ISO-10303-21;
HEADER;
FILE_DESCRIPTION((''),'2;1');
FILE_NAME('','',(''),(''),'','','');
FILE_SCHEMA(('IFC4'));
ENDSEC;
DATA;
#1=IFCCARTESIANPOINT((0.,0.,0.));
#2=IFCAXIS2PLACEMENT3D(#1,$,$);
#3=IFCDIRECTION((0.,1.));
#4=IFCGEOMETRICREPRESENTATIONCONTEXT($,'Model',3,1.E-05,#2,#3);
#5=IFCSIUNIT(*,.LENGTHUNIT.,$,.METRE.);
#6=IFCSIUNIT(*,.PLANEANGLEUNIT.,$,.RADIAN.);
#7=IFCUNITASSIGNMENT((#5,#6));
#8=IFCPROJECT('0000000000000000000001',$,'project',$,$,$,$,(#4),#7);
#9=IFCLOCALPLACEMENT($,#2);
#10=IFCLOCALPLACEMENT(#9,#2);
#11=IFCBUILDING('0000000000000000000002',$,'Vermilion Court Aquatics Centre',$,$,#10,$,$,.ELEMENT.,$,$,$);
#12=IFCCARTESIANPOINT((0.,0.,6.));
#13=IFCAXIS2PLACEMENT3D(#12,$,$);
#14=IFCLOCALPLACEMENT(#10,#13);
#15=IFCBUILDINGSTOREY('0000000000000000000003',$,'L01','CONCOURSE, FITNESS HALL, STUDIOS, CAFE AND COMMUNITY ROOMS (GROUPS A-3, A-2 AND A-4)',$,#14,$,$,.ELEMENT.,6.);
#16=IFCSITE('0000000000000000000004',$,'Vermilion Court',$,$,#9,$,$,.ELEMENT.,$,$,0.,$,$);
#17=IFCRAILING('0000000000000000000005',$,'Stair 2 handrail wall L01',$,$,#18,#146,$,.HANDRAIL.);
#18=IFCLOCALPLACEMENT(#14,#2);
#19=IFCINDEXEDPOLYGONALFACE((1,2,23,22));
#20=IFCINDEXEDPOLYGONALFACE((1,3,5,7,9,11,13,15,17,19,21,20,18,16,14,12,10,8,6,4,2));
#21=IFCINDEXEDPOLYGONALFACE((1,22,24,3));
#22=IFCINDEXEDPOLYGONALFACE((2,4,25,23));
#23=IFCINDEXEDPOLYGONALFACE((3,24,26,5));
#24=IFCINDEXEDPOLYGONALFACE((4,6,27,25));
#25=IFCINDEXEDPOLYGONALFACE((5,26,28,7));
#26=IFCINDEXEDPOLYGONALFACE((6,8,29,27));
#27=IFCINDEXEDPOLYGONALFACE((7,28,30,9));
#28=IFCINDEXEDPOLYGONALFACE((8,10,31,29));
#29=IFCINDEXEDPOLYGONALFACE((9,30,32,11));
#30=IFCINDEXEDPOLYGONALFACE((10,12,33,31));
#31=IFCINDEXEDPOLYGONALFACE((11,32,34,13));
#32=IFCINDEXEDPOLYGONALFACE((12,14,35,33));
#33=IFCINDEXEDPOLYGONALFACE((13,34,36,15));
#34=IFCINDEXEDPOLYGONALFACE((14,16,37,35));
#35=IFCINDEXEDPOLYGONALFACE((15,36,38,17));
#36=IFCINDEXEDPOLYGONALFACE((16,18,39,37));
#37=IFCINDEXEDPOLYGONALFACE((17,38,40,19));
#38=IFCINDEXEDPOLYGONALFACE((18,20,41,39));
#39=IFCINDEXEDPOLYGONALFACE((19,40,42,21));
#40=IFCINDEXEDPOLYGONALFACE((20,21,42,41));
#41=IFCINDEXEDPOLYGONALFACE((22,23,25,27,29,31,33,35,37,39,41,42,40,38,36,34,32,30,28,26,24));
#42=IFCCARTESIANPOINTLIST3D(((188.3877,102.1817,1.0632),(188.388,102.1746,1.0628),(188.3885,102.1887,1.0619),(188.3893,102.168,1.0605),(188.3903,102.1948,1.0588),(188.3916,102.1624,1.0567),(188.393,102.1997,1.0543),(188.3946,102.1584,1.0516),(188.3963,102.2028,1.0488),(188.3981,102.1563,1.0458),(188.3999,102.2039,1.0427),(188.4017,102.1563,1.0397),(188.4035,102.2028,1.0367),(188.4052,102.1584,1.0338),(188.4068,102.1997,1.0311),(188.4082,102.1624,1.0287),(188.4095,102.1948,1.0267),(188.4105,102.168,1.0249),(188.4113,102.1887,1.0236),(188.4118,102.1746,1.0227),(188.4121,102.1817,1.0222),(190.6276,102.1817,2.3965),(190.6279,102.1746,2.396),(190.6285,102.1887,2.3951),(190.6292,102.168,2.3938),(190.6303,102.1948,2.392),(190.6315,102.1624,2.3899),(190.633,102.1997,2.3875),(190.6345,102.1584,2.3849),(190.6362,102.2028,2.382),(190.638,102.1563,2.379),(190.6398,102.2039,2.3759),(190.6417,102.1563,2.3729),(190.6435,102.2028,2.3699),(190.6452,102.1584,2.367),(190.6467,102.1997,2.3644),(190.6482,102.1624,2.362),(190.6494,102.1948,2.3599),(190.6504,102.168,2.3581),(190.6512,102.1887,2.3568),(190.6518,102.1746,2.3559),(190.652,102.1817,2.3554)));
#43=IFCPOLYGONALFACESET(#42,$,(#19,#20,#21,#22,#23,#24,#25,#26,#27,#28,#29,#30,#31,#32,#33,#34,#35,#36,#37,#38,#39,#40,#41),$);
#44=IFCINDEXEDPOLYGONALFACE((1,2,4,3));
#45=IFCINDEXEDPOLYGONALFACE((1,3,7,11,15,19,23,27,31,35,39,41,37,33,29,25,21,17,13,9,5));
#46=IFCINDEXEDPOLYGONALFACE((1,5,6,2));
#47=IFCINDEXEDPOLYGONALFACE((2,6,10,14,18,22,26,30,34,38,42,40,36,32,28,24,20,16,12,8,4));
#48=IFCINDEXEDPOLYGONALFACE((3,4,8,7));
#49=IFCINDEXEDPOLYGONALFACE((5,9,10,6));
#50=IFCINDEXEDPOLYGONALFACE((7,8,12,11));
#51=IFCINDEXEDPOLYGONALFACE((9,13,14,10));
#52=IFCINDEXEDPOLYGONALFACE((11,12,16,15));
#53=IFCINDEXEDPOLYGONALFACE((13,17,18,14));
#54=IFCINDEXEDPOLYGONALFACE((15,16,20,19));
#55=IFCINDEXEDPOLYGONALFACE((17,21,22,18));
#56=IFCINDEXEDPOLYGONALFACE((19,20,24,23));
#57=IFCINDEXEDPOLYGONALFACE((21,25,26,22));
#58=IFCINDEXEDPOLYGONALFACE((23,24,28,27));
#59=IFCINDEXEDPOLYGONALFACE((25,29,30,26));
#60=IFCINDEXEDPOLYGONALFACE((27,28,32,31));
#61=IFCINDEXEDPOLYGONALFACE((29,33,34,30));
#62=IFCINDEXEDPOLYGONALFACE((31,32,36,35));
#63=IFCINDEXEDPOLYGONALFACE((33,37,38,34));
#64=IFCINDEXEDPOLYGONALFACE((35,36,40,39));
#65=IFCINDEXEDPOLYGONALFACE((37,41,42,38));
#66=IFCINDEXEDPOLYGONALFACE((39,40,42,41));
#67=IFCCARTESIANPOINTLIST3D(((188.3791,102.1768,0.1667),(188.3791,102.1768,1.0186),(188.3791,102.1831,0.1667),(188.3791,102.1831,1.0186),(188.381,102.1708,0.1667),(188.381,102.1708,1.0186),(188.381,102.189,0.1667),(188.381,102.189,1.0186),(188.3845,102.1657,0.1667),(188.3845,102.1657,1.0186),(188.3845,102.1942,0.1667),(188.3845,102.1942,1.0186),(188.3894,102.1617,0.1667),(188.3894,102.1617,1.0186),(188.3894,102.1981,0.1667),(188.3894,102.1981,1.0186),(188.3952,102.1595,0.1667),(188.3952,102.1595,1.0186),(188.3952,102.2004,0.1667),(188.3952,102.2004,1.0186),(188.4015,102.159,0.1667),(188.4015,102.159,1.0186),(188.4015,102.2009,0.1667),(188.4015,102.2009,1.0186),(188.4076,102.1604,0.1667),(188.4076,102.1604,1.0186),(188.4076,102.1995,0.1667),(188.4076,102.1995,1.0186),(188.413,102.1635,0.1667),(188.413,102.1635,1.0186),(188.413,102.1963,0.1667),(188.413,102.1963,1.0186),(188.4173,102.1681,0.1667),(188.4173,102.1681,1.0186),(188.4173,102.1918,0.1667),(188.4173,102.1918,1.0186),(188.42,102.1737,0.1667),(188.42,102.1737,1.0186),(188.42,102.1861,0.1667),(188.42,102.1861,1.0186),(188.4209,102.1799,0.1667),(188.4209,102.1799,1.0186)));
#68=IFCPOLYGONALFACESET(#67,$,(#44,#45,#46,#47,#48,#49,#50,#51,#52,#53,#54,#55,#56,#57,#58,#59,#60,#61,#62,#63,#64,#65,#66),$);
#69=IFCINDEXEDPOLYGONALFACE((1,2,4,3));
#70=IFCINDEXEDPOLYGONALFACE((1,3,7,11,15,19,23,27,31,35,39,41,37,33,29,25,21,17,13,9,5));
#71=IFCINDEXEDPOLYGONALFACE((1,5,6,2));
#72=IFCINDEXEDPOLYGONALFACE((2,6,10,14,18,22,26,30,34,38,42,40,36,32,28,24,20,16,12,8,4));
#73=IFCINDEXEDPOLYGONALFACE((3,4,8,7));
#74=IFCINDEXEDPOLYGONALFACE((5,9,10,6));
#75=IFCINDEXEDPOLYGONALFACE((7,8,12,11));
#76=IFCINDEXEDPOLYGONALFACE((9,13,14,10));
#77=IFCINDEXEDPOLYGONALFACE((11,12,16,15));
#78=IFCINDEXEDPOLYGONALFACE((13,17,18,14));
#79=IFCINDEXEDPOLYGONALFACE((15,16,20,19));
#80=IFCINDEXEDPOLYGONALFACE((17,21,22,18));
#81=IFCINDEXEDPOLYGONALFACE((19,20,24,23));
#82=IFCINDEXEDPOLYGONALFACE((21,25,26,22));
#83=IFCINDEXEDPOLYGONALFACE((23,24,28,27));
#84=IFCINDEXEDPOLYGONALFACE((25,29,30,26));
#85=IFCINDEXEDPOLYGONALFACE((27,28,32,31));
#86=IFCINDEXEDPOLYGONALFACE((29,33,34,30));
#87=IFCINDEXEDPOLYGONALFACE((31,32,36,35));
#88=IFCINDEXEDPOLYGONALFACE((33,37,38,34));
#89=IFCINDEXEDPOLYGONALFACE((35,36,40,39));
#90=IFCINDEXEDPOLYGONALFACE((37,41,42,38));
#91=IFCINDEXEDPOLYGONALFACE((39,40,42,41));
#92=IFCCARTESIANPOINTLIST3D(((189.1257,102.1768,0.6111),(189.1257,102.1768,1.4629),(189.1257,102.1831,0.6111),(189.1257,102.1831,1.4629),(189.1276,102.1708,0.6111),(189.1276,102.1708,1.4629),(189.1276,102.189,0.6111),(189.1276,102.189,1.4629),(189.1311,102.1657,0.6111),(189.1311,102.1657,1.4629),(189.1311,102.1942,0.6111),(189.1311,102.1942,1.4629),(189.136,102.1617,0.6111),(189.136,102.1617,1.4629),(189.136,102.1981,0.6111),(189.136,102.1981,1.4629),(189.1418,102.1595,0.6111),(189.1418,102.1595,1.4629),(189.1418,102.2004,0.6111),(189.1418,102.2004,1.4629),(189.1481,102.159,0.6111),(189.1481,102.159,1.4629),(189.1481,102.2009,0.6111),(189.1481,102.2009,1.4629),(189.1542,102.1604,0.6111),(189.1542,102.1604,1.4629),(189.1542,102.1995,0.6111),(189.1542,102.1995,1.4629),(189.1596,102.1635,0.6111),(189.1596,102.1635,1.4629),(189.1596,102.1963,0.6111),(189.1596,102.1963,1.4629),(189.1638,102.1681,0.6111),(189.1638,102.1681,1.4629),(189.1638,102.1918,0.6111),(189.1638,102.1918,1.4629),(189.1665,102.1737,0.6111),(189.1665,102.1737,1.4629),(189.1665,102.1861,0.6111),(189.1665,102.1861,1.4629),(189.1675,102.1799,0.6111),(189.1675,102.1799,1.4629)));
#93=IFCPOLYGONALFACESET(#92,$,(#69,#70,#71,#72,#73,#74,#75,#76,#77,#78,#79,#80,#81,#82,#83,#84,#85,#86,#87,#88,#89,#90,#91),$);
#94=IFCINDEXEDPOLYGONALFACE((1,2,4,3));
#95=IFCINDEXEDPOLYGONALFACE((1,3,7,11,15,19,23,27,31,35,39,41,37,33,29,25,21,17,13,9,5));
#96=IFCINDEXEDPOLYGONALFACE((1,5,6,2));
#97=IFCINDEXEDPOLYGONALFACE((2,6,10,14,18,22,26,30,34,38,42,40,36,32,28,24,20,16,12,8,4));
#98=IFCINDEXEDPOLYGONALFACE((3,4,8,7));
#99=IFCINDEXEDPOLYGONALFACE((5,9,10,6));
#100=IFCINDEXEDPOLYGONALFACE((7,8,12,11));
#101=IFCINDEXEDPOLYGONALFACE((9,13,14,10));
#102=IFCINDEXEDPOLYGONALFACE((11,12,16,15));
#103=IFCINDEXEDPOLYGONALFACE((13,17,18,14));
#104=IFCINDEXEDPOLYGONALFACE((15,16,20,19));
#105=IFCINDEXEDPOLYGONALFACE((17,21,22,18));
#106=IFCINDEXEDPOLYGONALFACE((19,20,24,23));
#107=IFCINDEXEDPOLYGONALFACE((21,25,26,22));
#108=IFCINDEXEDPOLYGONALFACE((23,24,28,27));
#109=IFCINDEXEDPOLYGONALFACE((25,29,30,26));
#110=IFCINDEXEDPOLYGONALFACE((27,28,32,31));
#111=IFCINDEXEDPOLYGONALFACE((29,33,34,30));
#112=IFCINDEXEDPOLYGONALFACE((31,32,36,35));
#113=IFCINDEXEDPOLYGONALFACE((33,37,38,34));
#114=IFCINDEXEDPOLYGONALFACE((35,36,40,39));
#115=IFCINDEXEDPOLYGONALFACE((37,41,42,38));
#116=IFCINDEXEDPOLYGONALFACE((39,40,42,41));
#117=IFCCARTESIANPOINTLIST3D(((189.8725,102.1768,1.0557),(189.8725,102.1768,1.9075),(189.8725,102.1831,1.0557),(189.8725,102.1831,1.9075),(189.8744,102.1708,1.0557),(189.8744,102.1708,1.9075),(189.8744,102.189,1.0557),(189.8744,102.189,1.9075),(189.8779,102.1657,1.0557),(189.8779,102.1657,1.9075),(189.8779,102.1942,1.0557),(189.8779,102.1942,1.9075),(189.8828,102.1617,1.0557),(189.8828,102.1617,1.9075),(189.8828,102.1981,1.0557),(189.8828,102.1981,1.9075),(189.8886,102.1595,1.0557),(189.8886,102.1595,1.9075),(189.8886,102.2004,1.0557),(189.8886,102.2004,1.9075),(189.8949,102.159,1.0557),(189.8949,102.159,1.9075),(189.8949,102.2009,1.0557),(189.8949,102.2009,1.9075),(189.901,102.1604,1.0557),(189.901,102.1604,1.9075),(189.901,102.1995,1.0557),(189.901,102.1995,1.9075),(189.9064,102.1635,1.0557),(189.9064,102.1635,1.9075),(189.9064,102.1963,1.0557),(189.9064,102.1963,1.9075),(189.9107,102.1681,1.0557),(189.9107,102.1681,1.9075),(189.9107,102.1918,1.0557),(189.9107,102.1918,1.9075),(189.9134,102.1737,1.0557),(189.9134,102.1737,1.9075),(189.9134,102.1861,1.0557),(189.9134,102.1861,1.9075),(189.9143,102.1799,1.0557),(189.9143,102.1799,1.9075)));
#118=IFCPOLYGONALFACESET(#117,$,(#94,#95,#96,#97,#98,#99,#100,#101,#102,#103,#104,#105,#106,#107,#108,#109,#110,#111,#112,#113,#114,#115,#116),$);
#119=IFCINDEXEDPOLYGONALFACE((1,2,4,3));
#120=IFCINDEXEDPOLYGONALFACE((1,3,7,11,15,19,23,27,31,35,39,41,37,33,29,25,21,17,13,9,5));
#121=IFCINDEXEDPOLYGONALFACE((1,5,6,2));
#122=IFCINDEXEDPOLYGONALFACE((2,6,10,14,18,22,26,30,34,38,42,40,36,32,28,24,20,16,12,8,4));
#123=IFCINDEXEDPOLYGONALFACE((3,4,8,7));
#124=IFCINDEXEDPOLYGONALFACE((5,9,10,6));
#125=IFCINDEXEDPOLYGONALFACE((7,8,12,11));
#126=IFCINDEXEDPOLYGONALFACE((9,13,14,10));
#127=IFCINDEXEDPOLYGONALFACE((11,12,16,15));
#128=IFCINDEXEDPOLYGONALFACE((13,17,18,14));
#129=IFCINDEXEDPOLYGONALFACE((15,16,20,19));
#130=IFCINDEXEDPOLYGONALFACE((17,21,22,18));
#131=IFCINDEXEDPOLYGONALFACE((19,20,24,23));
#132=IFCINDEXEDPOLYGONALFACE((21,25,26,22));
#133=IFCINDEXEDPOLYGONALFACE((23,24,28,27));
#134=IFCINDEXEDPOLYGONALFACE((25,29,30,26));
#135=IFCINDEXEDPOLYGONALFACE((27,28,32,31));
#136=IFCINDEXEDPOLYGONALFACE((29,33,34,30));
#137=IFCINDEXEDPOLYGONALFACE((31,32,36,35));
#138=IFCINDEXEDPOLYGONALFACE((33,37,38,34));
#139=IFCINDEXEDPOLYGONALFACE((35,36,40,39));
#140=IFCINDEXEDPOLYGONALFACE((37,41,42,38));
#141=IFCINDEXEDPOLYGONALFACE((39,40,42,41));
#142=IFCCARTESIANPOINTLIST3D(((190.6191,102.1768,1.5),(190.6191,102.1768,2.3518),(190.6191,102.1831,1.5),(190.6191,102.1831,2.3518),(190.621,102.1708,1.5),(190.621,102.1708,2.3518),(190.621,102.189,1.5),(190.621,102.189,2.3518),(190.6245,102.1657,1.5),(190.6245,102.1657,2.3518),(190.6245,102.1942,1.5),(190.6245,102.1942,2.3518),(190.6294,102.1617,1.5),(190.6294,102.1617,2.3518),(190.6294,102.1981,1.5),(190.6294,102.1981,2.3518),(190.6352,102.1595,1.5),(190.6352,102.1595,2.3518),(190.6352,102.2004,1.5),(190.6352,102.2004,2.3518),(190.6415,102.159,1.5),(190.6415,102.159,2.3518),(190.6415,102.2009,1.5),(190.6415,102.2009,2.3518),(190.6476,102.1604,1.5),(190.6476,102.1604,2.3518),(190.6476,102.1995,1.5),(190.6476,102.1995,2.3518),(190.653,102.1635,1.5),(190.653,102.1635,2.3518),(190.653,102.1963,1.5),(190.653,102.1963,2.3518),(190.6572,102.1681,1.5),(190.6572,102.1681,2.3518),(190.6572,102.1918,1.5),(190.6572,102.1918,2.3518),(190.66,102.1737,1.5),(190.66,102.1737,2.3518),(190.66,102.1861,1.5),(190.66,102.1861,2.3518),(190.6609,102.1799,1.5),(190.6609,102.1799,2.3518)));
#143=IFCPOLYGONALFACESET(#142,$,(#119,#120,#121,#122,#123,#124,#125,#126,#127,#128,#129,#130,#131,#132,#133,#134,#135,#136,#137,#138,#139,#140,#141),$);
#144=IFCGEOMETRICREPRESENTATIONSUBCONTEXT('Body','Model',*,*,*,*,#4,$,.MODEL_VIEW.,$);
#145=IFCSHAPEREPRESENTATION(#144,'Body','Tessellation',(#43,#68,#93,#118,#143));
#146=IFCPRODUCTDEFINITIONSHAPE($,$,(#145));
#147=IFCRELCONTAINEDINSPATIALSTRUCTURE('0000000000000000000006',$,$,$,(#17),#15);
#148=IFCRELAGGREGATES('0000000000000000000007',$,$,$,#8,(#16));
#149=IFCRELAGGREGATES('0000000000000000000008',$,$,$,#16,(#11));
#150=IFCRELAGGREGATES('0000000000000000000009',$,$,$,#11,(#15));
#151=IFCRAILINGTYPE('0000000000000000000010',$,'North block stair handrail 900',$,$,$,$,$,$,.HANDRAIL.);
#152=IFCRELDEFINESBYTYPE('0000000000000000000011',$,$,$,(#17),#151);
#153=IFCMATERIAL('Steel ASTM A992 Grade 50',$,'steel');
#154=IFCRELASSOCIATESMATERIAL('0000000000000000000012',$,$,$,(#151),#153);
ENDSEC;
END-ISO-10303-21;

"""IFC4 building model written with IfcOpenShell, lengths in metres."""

from ifc_helpers import new_model, si_unit, direction, frame, origin, origin_2d, place, context, subcontext, project, spatial, circle, extrude, material, type_object, element, save


model = new_model("IFC4")

# Units and contexts
model_context = context("Model", 3, precision=1e-05, world=origin(), true_north=direction((0.0, 1.0)))
body_context = subcontext(model_context, "Body", "Model", "MODEL_VIEW")
ifc_project = project(units=[si_unit("LENGTHUNIT", "METRE"), si_unit("PLANEANGLEUNIT", "RADIAN")], contexts=[model_context])

# Site, building, storey
site_placement = place(None, origin())
site = spatial("IfcSite", under=ifc_project, at=site_placement, Name="Vermilion Court", CompositionType="ELEMENT", RefElevation=0.0)
building_placement = place(site_placement, origin())
building = spatial("IfcBuilding", under=site, at=building_placement, Name="Vermilion Court Aquatics Centre", CompositionType="ELEMENT")
storey_placement = place(building_placement, frame((0.0, 0.0, 6.0)))
storey = spatial("IfcBuildingStorey", under=building, at=storey_placement, Name="L01", Description="CONCOURSE, FITNESS HALL, STUDIOS, CAFE AND COMMUNITY ROOMS (GROUPS A-3, A-2 AND A-4)", CompositionType="ELEMENT", Elevation=6.0)

# Railing
ifc_material_1 = material(Name="Steel ASTM A992 Grade 50", Category="steel")
railing_type_1 = type_object("IfcRailingType", Name="North block stair handrail 900", PredefinedType="HANDRAIL", material=ifc_material_1)
for number, where, name in (
    (1, (188.3999, 102.1799, 0.1667), "Stair 2 handrail wall L01"),
):
    element("IfcRailing", number, at=place(storey_placement, frame(where)), inside=storey, type_object=railing_type_1, Name=name, PredefinedType="HANDRAIL", context=body_context, shape_type="SweptSolid", body=[
        extrude(circle(Radius=0.0239, at=origin_2d()), frame((0.0, 0.0, 0.876), z_axis=(0.859306, 0.0, 0.511462), x_axis=(0.0, 1.0, 0.0)), (0.0, 0.0, 1.0), 2.6067),
        extrude(circle(Radius=0.021, at=origin_2d()), origin(), (0.0, 0.0, 1.0), 0.8518),
        extrude(circle(Radius=0.021, at=origin_2d()), frame((0.7466, 0.0, 0.4443)), (0.0, 0.0, 1.0), 0.8518),
        extrude(circle(Radius=0.021, at=origin_2d()), frame((1.4934, 0.0, 0.8889)), (0.0, 0.0, 1.0), 0.8518),
        extrude(circle(Radius=0.021, at=origin_2d()), frame((2.24, 0.0, 1.3333)), (0.0, 0.0, 1.0), 0.8518),
    ])

save(model, "model.ifc")
